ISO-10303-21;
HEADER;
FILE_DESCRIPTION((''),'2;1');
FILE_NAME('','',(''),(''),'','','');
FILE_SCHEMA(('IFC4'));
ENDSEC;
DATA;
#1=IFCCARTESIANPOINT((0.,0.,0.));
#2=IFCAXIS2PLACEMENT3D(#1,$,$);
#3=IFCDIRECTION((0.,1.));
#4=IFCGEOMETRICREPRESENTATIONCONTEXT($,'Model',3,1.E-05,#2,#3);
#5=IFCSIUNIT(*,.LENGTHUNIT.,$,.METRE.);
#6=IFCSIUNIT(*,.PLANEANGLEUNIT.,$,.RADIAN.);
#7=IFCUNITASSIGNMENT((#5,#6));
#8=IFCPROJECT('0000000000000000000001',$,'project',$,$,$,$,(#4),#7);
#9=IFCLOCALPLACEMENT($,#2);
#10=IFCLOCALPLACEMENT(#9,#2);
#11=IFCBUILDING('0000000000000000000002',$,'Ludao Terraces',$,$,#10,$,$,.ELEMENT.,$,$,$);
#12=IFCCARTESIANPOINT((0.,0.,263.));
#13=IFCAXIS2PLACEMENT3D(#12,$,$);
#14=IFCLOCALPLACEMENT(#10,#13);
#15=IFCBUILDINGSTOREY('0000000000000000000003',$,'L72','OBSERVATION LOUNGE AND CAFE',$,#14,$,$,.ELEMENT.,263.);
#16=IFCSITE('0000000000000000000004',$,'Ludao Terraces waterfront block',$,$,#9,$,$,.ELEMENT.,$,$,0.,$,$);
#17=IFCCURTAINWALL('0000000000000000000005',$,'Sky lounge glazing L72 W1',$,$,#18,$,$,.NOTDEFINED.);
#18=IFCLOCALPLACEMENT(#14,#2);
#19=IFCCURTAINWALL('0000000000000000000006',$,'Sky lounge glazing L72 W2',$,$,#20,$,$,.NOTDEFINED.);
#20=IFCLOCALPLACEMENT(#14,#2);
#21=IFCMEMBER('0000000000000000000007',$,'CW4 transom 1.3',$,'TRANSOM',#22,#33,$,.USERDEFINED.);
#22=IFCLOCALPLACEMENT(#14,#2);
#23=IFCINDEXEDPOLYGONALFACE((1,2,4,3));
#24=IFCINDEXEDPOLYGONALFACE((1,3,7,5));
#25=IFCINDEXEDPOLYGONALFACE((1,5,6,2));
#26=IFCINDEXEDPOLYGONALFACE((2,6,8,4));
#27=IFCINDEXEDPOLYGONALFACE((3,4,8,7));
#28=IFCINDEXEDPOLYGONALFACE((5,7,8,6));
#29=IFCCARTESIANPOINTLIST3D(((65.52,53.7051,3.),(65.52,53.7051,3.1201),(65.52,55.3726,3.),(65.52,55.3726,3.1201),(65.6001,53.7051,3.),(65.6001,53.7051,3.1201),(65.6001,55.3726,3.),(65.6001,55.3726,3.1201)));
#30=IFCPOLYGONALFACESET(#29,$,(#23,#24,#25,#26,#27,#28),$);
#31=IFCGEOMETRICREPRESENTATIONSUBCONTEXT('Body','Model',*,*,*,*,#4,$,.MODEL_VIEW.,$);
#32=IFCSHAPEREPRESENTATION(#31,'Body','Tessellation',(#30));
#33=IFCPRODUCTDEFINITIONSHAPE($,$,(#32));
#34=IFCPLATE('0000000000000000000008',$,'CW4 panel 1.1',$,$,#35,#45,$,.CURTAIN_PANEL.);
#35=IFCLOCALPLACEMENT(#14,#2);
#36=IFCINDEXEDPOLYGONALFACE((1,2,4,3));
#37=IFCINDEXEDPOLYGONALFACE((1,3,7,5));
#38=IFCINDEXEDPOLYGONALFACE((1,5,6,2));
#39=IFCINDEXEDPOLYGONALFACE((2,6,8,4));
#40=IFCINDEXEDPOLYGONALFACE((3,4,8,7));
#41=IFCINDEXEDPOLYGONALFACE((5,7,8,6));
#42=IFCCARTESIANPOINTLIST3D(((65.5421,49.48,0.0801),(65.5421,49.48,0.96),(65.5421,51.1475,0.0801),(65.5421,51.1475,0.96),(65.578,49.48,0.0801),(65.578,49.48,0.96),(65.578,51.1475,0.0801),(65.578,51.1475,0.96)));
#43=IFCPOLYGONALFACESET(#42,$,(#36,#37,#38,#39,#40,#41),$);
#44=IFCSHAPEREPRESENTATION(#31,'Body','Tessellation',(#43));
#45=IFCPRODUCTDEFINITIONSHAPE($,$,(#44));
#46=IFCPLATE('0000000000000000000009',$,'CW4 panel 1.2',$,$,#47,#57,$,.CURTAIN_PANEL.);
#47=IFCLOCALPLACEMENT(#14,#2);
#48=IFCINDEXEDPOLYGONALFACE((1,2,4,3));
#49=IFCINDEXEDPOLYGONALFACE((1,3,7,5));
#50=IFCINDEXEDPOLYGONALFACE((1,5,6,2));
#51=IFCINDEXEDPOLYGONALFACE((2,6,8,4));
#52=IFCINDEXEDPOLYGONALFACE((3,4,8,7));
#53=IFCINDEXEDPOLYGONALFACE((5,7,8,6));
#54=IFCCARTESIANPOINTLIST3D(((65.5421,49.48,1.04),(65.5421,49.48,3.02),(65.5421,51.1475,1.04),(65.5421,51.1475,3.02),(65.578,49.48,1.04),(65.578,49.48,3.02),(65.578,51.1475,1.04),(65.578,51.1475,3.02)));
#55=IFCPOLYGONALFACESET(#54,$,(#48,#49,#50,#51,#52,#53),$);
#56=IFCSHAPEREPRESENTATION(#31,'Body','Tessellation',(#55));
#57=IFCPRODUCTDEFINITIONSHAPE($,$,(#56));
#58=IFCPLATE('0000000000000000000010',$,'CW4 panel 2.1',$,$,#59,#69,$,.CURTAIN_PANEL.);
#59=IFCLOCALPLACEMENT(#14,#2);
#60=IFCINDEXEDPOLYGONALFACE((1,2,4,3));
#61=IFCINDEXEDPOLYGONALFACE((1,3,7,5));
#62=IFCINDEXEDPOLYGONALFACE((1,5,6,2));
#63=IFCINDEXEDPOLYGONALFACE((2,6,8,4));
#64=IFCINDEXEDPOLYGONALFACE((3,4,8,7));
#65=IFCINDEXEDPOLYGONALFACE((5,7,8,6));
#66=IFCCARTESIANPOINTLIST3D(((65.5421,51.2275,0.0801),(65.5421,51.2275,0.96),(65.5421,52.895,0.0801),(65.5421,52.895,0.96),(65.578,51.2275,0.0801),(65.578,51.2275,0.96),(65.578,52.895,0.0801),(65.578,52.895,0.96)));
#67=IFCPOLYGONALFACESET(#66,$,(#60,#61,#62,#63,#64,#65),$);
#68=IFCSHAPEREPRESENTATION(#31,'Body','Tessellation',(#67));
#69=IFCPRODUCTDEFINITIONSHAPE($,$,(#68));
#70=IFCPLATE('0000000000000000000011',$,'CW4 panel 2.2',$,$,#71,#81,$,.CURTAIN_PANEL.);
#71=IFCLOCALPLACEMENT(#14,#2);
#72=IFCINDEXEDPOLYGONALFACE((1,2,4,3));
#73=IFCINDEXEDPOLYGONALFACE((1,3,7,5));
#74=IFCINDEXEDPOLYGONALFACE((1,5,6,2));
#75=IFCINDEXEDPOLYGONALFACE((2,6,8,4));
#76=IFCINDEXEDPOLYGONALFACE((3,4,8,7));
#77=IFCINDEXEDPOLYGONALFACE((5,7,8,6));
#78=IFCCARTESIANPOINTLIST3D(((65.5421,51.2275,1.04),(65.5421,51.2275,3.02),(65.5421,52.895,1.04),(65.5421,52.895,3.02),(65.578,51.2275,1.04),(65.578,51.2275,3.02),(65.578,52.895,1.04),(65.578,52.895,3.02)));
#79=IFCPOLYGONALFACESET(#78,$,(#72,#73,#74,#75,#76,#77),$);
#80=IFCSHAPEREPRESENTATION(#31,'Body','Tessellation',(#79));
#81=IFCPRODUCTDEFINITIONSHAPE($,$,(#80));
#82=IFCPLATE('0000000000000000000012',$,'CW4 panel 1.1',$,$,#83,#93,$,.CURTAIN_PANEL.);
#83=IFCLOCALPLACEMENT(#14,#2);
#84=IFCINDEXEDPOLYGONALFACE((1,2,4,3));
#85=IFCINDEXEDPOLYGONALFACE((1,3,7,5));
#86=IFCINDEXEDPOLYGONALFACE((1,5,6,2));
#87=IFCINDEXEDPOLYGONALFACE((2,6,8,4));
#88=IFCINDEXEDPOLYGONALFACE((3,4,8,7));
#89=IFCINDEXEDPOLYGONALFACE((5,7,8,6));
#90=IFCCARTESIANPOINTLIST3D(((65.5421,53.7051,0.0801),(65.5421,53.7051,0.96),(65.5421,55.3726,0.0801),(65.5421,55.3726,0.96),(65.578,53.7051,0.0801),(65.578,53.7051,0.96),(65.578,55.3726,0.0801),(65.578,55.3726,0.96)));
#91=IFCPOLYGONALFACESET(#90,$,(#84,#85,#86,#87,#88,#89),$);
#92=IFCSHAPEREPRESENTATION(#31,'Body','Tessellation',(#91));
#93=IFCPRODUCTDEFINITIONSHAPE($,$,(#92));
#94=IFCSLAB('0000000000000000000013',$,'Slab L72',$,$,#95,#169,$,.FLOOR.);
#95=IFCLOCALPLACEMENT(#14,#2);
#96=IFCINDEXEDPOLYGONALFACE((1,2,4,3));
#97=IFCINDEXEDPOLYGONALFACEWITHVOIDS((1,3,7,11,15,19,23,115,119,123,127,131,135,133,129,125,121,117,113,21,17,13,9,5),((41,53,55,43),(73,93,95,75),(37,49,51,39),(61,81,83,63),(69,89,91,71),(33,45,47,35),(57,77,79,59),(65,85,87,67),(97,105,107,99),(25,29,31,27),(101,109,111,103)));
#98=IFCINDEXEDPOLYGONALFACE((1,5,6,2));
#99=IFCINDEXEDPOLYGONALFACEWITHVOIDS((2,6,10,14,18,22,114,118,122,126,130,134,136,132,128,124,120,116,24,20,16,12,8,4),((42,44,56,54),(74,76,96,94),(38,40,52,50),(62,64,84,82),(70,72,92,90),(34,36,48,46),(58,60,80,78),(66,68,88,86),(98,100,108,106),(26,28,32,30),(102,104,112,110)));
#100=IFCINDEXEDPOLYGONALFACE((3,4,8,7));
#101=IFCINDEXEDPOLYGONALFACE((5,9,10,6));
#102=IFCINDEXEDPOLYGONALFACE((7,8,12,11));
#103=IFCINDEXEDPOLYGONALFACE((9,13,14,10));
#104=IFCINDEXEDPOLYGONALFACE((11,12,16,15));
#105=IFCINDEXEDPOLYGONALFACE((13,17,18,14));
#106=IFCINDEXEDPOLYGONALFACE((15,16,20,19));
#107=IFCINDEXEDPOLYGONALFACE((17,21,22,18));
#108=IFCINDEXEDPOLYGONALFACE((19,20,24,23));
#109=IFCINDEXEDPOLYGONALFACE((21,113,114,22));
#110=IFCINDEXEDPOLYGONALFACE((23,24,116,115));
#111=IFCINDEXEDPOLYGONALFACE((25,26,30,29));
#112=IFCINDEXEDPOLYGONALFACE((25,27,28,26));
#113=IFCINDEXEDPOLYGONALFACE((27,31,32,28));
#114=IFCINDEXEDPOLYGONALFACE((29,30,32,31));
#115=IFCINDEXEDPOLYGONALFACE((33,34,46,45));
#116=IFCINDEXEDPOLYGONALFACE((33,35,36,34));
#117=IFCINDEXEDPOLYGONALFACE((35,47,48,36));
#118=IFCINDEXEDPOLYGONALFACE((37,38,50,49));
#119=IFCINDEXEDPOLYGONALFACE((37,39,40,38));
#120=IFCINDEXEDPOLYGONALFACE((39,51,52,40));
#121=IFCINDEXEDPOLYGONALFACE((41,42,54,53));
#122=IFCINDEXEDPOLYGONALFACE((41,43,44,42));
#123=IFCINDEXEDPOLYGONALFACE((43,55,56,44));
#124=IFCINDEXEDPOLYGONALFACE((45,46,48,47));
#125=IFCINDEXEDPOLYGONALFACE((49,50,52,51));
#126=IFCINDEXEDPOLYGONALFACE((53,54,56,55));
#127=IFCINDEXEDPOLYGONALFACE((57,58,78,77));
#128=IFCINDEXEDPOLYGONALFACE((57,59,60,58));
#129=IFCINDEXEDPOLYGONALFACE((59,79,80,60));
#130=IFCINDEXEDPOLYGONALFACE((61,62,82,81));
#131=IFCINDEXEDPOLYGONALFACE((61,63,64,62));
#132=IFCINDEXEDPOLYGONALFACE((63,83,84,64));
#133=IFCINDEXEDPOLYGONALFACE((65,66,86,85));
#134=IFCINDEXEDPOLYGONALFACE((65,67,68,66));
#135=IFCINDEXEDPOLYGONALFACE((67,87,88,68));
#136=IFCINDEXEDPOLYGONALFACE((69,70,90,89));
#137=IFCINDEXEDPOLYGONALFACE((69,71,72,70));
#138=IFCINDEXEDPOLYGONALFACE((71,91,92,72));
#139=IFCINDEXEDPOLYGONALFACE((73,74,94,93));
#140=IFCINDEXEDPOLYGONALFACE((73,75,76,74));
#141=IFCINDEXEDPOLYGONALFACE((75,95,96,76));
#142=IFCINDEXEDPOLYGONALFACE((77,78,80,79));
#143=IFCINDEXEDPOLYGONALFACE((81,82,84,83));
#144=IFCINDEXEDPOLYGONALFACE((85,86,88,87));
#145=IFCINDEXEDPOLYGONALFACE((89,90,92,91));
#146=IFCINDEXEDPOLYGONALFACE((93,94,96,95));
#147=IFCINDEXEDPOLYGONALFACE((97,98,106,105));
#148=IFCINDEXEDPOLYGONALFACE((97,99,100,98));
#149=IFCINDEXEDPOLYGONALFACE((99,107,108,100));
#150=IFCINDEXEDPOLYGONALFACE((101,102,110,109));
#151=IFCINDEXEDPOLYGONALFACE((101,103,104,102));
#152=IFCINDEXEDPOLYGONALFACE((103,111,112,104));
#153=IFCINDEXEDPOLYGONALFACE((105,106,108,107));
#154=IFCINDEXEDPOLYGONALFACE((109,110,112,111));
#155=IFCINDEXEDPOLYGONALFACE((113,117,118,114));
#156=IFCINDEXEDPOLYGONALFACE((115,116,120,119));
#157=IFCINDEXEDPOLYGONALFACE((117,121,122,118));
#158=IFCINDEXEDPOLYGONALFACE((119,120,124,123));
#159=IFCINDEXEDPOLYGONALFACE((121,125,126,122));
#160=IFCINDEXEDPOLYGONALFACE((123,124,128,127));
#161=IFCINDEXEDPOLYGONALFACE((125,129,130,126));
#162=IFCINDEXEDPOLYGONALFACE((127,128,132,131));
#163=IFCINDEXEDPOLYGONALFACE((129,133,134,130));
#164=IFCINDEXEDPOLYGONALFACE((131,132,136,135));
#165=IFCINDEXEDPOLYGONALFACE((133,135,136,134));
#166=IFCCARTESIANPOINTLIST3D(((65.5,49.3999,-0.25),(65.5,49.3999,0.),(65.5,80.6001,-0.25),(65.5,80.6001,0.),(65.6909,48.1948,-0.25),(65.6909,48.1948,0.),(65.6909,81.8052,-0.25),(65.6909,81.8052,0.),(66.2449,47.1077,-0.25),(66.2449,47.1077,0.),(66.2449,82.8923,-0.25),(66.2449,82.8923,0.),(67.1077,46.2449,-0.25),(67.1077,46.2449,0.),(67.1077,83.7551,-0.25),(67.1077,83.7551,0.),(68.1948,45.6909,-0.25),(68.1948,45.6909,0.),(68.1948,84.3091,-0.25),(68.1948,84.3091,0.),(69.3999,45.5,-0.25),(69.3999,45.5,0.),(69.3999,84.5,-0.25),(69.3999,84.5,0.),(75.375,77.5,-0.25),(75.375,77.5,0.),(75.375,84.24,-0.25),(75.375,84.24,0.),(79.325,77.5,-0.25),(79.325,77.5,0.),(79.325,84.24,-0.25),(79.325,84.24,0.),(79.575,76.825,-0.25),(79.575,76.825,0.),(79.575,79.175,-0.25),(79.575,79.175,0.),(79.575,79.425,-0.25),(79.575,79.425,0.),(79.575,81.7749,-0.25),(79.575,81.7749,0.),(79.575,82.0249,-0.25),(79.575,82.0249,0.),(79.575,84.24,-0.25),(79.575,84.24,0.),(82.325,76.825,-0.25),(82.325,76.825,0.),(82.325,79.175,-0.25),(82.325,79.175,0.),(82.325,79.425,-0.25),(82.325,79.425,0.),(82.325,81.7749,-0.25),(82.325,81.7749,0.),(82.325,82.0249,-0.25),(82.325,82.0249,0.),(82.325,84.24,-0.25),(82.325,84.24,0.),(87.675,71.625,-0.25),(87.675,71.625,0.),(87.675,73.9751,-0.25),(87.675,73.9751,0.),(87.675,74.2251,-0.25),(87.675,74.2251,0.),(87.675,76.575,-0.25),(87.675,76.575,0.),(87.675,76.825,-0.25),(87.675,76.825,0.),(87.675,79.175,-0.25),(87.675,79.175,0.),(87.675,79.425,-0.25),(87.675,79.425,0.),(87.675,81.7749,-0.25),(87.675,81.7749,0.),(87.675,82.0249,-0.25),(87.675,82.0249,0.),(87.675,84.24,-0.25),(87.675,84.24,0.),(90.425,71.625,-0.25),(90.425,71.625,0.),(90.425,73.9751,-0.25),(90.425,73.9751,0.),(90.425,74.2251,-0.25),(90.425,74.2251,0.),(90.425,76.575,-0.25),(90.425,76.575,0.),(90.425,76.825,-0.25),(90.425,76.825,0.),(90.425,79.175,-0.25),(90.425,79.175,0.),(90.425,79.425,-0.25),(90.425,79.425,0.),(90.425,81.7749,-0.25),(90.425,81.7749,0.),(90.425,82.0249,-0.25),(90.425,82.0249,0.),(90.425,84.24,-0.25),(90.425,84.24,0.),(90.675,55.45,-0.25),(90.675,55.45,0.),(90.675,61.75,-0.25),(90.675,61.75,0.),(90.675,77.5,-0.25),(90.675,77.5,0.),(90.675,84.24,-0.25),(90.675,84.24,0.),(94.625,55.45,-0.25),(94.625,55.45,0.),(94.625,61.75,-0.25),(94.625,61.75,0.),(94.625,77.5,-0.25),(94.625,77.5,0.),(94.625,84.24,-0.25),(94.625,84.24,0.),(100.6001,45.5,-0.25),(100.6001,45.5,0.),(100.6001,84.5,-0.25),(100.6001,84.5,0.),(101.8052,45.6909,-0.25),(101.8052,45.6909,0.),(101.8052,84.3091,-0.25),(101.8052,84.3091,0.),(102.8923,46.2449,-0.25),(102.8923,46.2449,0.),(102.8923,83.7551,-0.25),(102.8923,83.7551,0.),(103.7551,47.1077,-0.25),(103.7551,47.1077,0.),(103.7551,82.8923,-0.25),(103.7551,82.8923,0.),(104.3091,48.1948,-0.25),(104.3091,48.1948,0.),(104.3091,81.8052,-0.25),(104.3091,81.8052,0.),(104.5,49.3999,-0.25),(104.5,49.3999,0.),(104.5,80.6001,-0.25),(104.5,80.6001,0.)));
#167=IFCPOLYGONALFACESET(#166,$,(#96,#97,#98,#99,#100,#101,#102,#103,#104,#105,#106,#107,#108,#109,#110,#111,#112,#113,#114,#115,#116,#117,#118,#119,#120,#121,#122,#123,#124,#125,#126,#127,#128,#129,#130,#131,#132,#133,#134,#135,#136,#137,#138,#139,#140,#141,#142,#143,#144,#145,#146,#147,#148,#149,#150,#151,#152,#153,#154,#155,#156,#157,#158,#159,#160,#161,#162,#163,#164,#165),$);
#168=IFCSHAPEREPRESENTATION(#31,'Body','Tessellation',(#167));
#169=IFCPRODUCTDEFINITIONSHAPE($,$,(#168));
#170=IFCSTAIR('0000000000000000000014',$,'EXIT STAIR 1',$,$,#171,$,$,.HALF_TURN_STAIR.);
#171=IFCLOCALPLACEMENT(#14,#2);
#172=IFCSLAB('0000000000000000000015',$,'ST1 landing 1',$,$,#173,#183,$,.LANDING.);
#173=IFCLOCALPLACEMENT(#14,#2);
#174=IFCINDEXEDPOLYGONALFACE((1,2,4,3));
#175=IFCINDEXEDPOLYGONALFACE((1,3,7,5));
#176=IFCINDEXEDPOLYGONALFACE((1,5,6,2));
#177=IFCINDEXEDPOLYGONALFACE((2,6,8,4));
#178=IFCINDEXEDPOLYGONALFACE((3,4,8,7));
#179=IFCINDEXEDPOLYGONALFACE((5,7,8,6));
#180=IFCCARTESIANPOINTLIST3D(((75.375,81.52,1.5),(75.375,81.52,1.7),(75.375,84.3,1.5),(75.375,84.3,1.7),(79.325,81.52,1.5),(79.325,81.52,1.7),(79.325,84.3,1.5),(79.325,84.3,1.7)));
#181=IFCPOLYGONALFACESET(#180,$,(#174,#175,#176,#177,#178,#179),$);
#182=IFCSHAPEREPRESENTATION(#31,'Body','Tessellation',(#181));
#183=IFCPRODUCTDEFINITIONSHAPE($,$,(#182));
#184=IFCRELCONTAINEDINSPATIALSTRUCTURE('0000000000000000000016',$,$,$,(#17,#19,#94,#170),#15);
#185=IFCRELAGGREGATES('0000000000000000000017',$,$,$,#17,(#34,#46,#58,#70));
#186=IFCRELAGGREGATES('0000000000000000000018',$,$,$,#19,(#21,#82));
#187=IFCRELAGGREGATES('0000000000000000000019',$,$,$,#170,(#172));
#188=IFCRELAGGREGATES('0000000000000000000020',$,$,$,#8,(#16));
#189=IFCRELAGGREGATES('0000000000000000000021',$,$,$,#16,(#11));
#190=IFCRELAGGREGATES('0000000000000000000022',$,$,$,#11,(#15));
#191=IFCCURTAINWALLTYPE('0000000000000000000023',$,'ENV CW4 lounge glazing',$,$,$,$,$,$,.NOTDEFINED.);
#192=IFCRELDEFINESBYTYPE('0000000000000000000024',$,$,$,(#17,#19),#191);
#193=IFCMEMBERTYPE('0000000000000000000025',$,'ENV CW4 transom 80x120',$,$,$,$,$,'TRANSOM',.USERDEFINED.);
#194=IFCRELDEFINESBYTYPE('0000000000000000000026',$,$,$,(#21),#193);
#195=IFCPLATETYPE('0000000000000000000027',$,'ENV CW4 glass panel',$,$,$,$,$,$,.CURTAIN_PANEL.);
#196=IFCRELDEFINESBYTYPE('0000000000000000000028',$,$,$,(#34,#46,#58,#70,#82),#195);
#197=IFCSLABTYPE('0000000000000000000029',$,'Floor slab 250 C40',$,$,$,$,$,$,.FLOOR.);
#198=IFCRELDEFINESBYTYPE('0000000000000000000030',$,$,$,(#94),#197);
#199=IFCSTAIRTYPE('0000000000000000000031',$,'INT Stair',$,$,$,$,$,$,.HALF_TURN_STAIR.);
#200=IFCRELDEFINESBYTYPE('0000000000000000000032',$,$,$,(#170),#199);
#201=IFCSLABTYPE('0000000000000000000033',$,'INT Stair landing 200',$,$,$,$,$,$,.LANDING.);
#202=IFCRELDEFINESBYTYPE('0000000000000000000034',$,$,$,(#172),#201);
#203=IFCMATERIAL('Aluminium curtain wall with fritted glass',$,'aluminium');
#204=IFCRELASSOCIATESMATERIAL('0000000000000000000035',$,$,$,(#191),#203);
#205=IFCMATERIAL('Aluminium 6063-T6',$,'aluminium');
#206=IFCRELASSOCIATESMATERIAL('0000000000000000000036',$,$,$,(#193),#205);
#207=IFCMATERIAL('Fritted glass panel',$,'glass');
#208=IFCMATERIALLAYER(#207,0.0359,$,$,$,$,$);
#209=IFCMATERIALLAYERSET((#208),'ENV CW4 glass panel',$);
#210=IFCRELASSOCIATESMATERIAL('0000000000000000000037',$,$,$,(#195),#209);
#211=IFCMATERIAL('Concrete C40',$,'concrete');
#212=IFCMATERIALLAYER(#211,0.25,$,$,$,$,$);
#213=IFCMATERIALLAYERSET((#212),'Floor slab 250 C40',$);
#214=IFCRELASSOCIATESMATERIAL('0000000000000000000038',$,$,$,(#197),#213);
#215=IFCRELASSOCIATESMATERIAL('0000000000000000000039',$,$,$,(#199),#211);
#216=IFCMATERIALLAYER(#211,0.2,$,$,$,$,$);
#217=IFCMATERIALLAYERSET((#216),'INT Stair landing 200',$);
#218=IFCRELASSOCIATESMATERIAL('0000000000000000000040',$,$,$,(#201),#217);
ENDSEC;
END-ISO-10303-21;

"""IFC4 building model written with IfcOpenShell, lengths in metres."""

from ifc_helpers import new_model, si_unit, direction, frame, origin, origin_2d, place, context, subcontext, project, spatial, polyline, rectangle, outline, extrude, material, layer, layer_set, material_profile, profile_set, type_object, element, aggregate, save


model = new_model("IFC4")

# Units and contexts
model_context = context("Model", 3, precision=1e-05, world=origin(), true_north=direction((0.0, 1.0)))
body_context = subcontext(model_context, "Body", "Model", "MODEL_VIEW")
ifc_project = project(units=[si_unit("LENGTHUNIT", "METRE"), si_unit("PLANEANGLEUNIT", "RADIAN")], contexts=[model_context])

# Site, building, storey
site_placement = place(None, origin())
site = spatial("IfcSite", under=ifc_project, at=site_placement, Name="Ludao Terraces waterfront block", CompositionType="ELEMENT", RefElevation=0.0)
building_placement = place(site_placement, origin())
building = spatial("IfcBuilding", under=site, at=building_placement, Name="Ludao Terraces", CompositionType="ELEMENT")
storey_placement = place(building_placement, frame((0.0, 0.0, 263.0)))
storey = spatial("IfcBuildingStorey", under=building, at=storey_placement, Name="L72", Description="OBSERVATION LOUNGE AND CAFE", CompositionType="ELEMENT", Elevation=263.0)

# Shared definitions
ifc_material_1 = material(Name="Concrete C40", Category="concrete")

# Curtain wall
ifc_material_2 = material(Name="Aluminium curtain wall with fritted glass", Category="aluminium")
curtain_wall_type = type_object("IfcCurtainWallType", Name="ENV CW4 lounge glazing", PredefinedType="NOTDEFINED", material=ifc_material_2)
curtain_wall_1_placement = place(storey_placement, origin())
curtain_wall_1 = element("IfcCurtainWall", 1, at=curtain_wall_1_placement, inside=storey, type_object=curtain_wall_type, Name="Sky lounge glazing L72 W1", PredefinedType="NOTDEFINED")
ifc_material_3 = material(Name="Aluminium 6063-T6", Category="aluminium")

# Curtain wall
curtain_wall_2_placement = place(storey_placement, origin())
curtain_wall_2 = element("IfcCurtainWall", 2, at=curtain_wall_2_placement, inside=storey, type_object=curtain_wall_type, Name="Sky lounge glazing L72 W2", PredefinedType="NOTDEFINED")

# Member
ifc_material_profile_1 = material_profile(ifc_material_3, rectangle(XDim=0.0801, YDim=0.1201, at=origin_2d()), Name="80 X 120")
ifc_profile_set_1 = profile_set([ifc_material_profile_1], Name="Aluminium 6063-T6")
member_type_1 = type_object("IfcMemberType", Name="ENV CW4 transom 80x120", ElementType="TRANSOM", PredefinedType="USERDEFINED", material=ifc_profile_set_1)
member_1_placement = place(storey_placement, frame((65.5601, 53.7051, 3.0601), z_axis=(0.0, 1.0, 0.0), x_axis=(-1.0, 0.0, 0.0)))
member_1 = element("IfcMember", 3, at=member_1_placement, type_object=member_type_1, Name="CW4 transom 1.3", ObjectType="TRANSOM", PredefinedType="USERDEFINED", context=body_context, shape_type="SweptSolid", body=[
    extrude(rectangle(XDim=0.0801, YDim=0.1201, at=origin_2d()), origin(), (0.0, 0.0, 1.0), 1.6675),
])

# Plates
ifc_material_4 = material(Name="Fritted glass panel", Category="glass")
ifc_layer_1 = layer(ifc_material_4, 0.0359)
ifc_layer_set_1 = layer_set([ifc_layer_1], Name="ENV CW4 glass panel")
plate_type = type_object("IfcPlateType", Name="ENV CW4 glass panel", PredefinedType="CURTAIN_PANEL", material=ifc_layer_set_1)
plate_1_placement = place(storey_placement, frame((65.5601, 50.3137, 0.0801), z_axis=(0.0, 0.0, 1.0), x_axis=(0.0, 1.0, 0.0)))
plate_1 = element("IfcPlate", 4, at=plate_1_placement, type_object=plate_type, Name="CW4 panel 1.1", PredefinedType="CURTAIN_PANEL", context=body_context, shape_type="SweptSolid", body=[
    extrude(rectangle(XDim=1.6675, YDim=0.0359, at=origin_2d()), origin(), (0.0, 0.0, 1.0), 0.8799),
])
plate_2_placement = place(storey_placement, frame((65.5601, 50.3137, 1.04), z_axis=(0.0, 0.0, 1.0), x_axis=(0.0, 1.0, 0.0)))
plate_2 = element("IfcPlate", 5, at=plate_2_placement, type_object=plate_type, Name="CW4 panel 1.2", PredefinedType="CURTAIN_PANEL", context=body_context, shape_type="SweptSolid", body=[
    extrude(rectangle(XDim=1.6675, YDim=0.0359, at=origin_2d()), origin(), (0.0, 0.0, 1.0), 1.98),
])
plate_3_placement = place(storey_placement, frame((65.5601, 52.0613, 0.0801), z_axis=(0.0, 0.0, 1.0), x_axis=(0.0, 1.0, 0.0)))
plate_3 = element("IfcPlate", 6, at=plate_3_placement, type_object=plate_type, Name="CW4 panel 2.1", PredefinedType="CURTAIN_PANEL", context=body_context, shape_type="SweptSolid", body=[
    extrude(rectangle(XDim=1.6675, YDim=0.0359, at=origin_2d()), origin(), (0.0, 0.0, 1.0), 0.8799),
])
plate_4_placement = place(storey_placement, frame((65.5601, 52.0613, 1.04), z_axis=(0.0, 0.0, 1.0), x_axis=(0.0, 1.0, 0.0)))
plate_4 = element("IfcPlate", 7, at=plate_4_placement, type_object=plate_type, Name="CW4 panel 2.2", PredefinedType="CURTAIN_PANEL", context=body_context, shape_type="SweptSolid", body=[
    extrude(rectangle(XDim=1.6675, YDim=0.0359, at=origin_2d()), origin(), (0.0, 0.0, 1.0), 1.98),
])
aggregate(curtain_wall_1, [plate_1, plate_2, plate_3, plate_4])
plate_5_placement = place(storey_placement, frame((65.5601, 54.5388, 0.0801), z_axis=(0.0, 0.0, 1.0), x_axis=(0.0, 1.0, 0.0)))
plate_5 = element("IfcPlate", 8, at=plate_5_placement, type_object=plate_type, Name="CW4 panel 1.1", PredefinedType="CURTAIN_PANEL", context=body_context, shape_type="SweptSolid", body=[
    extrude(rectangle(XDim=1.6675, YDim=0.0359, at=origin_2d()), origin(), (0.0, 0.0, 1.0), 0.8799),
])
aggregate(curtain_wall_2, [member_1, plate_5])

# Slab
ifc_layer_2 = layer(ifc_material_1, 0.25)
ifc_layer_set_2 = layer_set([ifc_layer_2], Name="Floor slab 250 C40")
slab_type_1 = type_object("IfcSlabType", Name="Floor slab 250 C40", PredefinedType="FLOOR", material=ifc_layer_set_2)
slab_1_placement = place(storey_placement, frame((0.0, 0.0, -0.25)))
element("IfcSlab", 9, at=slab_1_placement, inside=storey, type_object=slab_type_1, Name="Slab L72", PredefinedType="FLOOR", context=body_context, shape_type="SweptSolid", body=[
    extrude(outline(polyline([(100.6001, 45.5), (101.8052, 45.6909), (102.8923, 46.2449), (103.7551, 47.1077), (104.3091, 48.1948), (104.5, 49.3999), (104.5, 80.6001), (104.3091, 81.8052), (103.7551, 82.8923), (102.8923, 83.7551), (101.8052, 84.3091), (100.6001, 84.5), (69.3999, 84.5), (68.1948, 84.3091), (67.1077, 83.7551), (66.2449, 82.8923), (65.6909, 81.8052), (65.5, 80.6001), (65.5, 49.3999), (65.6909, 48.1948), (66.2449, 47.1077), (67.1077, 46.2449), (68.1948, 45.6909), (69.3999, 45.5), (100.6001, 45.5)]), holes=[polyline([(79.575, 76.825), (82.325, 76.825), (82.325, 79.175), (79.575, 79.175), (79.575, 76.825)]), polyline([(79.575, 79.425), (82.325, 79.425), (82.325, 81.7749), (79.575, 81.7749), (79.575, 79.425)]), polyline([(79.575, 82.0249), (82.325, 82.0249), (82.325, 84.24), (79.575, 84.24), (79.575, 82.0249)]), polyline([(87.675, 71.625), (90.425, 71.625), (90.425, 73.9751), (87.675, 73.9751), (87.675, 71.625)]), polyline([(87.675, 74.2251), (90.425, 74.2251), (90.425, 76.575), (87.675, 76.575), (87.675, 74.2251)]), polyline([(87.675, 76.825), (90.425, 76.825), (90.425, 79.175), (87.675, 79.175), (87.675, 76.825)]), polyline([(87.675, 79.425), (90.425, 79.425), (90.425, 81.7749), (87.675, 81.7749), (87.675, 79.425)]), polyline([(87.675, 82.0249), (90.425, 82.0249), (90.425, 84.24), (87.675, 84.24), (87.675, 82.0249)]), polyline([(75.375, 77.5), (79.325, 77.5), (79.325, 84.24), (75.375, 84.24), (75.375, 77.5)]), polyline([(90.675, 77.5), (94.625, 77.5), (94.625, 84.24), (90.675, 84.24), (90.675, 77.5)]), polyline([(90.675, 55.45), (94.625, 55.45), (94.625, 61.75), (90.675, 61.75), (90.675, 55.45)])]), origin(), (0.0, 0.0, 1.0), 0.25),
])

# Stair, slab
stair_type = type_object("IfcStairType", Name="INT Stair", PredefinedType="HALF_TURN_STAIR", material=ifc_material_1)
stair_1_placement = place(storey_placement, origin())
stair_1 = element("IfcStair", 10, at=stair_1_placement, inside=storey, type_object=stair_type, Name="EXIT STAIR 1", PredefinedType="HALF_TURN_STAIR")
ifc_layer_3 = layer(ifc_material_1, 0.2)
ifc_layer_set_3 = layer_set([ifc_layer_3], Name="INT Stair landing 200")
slab_type_2 = type_object("IfcSlabType", Name="INT Stair landing 200", PredefinedType="LANDING", material=ifc_layer_set_3)
slab_2_placement = place(storey_placement, frame((0.0, 0.0, 1.5)))
slab_2 = element("IfcSlab", 11, at=slab_2_placement, type_object=slab_type_2, Name="ST1 landing 1", PredefinedType="LANDING", context=body_context, shape_type="SweptSolid", body=[
    extrude(outline(polyline([(75.375, 81.52), (79.325, 81.52), (79.325, 84.3), (75.375, 84.3), (75.375, 81.52)])), origin(), (0.0, 0.0, 1.0), 0.2),
])
aggregate(stair_1, [slab_2])

save(model, "model.ifc")
